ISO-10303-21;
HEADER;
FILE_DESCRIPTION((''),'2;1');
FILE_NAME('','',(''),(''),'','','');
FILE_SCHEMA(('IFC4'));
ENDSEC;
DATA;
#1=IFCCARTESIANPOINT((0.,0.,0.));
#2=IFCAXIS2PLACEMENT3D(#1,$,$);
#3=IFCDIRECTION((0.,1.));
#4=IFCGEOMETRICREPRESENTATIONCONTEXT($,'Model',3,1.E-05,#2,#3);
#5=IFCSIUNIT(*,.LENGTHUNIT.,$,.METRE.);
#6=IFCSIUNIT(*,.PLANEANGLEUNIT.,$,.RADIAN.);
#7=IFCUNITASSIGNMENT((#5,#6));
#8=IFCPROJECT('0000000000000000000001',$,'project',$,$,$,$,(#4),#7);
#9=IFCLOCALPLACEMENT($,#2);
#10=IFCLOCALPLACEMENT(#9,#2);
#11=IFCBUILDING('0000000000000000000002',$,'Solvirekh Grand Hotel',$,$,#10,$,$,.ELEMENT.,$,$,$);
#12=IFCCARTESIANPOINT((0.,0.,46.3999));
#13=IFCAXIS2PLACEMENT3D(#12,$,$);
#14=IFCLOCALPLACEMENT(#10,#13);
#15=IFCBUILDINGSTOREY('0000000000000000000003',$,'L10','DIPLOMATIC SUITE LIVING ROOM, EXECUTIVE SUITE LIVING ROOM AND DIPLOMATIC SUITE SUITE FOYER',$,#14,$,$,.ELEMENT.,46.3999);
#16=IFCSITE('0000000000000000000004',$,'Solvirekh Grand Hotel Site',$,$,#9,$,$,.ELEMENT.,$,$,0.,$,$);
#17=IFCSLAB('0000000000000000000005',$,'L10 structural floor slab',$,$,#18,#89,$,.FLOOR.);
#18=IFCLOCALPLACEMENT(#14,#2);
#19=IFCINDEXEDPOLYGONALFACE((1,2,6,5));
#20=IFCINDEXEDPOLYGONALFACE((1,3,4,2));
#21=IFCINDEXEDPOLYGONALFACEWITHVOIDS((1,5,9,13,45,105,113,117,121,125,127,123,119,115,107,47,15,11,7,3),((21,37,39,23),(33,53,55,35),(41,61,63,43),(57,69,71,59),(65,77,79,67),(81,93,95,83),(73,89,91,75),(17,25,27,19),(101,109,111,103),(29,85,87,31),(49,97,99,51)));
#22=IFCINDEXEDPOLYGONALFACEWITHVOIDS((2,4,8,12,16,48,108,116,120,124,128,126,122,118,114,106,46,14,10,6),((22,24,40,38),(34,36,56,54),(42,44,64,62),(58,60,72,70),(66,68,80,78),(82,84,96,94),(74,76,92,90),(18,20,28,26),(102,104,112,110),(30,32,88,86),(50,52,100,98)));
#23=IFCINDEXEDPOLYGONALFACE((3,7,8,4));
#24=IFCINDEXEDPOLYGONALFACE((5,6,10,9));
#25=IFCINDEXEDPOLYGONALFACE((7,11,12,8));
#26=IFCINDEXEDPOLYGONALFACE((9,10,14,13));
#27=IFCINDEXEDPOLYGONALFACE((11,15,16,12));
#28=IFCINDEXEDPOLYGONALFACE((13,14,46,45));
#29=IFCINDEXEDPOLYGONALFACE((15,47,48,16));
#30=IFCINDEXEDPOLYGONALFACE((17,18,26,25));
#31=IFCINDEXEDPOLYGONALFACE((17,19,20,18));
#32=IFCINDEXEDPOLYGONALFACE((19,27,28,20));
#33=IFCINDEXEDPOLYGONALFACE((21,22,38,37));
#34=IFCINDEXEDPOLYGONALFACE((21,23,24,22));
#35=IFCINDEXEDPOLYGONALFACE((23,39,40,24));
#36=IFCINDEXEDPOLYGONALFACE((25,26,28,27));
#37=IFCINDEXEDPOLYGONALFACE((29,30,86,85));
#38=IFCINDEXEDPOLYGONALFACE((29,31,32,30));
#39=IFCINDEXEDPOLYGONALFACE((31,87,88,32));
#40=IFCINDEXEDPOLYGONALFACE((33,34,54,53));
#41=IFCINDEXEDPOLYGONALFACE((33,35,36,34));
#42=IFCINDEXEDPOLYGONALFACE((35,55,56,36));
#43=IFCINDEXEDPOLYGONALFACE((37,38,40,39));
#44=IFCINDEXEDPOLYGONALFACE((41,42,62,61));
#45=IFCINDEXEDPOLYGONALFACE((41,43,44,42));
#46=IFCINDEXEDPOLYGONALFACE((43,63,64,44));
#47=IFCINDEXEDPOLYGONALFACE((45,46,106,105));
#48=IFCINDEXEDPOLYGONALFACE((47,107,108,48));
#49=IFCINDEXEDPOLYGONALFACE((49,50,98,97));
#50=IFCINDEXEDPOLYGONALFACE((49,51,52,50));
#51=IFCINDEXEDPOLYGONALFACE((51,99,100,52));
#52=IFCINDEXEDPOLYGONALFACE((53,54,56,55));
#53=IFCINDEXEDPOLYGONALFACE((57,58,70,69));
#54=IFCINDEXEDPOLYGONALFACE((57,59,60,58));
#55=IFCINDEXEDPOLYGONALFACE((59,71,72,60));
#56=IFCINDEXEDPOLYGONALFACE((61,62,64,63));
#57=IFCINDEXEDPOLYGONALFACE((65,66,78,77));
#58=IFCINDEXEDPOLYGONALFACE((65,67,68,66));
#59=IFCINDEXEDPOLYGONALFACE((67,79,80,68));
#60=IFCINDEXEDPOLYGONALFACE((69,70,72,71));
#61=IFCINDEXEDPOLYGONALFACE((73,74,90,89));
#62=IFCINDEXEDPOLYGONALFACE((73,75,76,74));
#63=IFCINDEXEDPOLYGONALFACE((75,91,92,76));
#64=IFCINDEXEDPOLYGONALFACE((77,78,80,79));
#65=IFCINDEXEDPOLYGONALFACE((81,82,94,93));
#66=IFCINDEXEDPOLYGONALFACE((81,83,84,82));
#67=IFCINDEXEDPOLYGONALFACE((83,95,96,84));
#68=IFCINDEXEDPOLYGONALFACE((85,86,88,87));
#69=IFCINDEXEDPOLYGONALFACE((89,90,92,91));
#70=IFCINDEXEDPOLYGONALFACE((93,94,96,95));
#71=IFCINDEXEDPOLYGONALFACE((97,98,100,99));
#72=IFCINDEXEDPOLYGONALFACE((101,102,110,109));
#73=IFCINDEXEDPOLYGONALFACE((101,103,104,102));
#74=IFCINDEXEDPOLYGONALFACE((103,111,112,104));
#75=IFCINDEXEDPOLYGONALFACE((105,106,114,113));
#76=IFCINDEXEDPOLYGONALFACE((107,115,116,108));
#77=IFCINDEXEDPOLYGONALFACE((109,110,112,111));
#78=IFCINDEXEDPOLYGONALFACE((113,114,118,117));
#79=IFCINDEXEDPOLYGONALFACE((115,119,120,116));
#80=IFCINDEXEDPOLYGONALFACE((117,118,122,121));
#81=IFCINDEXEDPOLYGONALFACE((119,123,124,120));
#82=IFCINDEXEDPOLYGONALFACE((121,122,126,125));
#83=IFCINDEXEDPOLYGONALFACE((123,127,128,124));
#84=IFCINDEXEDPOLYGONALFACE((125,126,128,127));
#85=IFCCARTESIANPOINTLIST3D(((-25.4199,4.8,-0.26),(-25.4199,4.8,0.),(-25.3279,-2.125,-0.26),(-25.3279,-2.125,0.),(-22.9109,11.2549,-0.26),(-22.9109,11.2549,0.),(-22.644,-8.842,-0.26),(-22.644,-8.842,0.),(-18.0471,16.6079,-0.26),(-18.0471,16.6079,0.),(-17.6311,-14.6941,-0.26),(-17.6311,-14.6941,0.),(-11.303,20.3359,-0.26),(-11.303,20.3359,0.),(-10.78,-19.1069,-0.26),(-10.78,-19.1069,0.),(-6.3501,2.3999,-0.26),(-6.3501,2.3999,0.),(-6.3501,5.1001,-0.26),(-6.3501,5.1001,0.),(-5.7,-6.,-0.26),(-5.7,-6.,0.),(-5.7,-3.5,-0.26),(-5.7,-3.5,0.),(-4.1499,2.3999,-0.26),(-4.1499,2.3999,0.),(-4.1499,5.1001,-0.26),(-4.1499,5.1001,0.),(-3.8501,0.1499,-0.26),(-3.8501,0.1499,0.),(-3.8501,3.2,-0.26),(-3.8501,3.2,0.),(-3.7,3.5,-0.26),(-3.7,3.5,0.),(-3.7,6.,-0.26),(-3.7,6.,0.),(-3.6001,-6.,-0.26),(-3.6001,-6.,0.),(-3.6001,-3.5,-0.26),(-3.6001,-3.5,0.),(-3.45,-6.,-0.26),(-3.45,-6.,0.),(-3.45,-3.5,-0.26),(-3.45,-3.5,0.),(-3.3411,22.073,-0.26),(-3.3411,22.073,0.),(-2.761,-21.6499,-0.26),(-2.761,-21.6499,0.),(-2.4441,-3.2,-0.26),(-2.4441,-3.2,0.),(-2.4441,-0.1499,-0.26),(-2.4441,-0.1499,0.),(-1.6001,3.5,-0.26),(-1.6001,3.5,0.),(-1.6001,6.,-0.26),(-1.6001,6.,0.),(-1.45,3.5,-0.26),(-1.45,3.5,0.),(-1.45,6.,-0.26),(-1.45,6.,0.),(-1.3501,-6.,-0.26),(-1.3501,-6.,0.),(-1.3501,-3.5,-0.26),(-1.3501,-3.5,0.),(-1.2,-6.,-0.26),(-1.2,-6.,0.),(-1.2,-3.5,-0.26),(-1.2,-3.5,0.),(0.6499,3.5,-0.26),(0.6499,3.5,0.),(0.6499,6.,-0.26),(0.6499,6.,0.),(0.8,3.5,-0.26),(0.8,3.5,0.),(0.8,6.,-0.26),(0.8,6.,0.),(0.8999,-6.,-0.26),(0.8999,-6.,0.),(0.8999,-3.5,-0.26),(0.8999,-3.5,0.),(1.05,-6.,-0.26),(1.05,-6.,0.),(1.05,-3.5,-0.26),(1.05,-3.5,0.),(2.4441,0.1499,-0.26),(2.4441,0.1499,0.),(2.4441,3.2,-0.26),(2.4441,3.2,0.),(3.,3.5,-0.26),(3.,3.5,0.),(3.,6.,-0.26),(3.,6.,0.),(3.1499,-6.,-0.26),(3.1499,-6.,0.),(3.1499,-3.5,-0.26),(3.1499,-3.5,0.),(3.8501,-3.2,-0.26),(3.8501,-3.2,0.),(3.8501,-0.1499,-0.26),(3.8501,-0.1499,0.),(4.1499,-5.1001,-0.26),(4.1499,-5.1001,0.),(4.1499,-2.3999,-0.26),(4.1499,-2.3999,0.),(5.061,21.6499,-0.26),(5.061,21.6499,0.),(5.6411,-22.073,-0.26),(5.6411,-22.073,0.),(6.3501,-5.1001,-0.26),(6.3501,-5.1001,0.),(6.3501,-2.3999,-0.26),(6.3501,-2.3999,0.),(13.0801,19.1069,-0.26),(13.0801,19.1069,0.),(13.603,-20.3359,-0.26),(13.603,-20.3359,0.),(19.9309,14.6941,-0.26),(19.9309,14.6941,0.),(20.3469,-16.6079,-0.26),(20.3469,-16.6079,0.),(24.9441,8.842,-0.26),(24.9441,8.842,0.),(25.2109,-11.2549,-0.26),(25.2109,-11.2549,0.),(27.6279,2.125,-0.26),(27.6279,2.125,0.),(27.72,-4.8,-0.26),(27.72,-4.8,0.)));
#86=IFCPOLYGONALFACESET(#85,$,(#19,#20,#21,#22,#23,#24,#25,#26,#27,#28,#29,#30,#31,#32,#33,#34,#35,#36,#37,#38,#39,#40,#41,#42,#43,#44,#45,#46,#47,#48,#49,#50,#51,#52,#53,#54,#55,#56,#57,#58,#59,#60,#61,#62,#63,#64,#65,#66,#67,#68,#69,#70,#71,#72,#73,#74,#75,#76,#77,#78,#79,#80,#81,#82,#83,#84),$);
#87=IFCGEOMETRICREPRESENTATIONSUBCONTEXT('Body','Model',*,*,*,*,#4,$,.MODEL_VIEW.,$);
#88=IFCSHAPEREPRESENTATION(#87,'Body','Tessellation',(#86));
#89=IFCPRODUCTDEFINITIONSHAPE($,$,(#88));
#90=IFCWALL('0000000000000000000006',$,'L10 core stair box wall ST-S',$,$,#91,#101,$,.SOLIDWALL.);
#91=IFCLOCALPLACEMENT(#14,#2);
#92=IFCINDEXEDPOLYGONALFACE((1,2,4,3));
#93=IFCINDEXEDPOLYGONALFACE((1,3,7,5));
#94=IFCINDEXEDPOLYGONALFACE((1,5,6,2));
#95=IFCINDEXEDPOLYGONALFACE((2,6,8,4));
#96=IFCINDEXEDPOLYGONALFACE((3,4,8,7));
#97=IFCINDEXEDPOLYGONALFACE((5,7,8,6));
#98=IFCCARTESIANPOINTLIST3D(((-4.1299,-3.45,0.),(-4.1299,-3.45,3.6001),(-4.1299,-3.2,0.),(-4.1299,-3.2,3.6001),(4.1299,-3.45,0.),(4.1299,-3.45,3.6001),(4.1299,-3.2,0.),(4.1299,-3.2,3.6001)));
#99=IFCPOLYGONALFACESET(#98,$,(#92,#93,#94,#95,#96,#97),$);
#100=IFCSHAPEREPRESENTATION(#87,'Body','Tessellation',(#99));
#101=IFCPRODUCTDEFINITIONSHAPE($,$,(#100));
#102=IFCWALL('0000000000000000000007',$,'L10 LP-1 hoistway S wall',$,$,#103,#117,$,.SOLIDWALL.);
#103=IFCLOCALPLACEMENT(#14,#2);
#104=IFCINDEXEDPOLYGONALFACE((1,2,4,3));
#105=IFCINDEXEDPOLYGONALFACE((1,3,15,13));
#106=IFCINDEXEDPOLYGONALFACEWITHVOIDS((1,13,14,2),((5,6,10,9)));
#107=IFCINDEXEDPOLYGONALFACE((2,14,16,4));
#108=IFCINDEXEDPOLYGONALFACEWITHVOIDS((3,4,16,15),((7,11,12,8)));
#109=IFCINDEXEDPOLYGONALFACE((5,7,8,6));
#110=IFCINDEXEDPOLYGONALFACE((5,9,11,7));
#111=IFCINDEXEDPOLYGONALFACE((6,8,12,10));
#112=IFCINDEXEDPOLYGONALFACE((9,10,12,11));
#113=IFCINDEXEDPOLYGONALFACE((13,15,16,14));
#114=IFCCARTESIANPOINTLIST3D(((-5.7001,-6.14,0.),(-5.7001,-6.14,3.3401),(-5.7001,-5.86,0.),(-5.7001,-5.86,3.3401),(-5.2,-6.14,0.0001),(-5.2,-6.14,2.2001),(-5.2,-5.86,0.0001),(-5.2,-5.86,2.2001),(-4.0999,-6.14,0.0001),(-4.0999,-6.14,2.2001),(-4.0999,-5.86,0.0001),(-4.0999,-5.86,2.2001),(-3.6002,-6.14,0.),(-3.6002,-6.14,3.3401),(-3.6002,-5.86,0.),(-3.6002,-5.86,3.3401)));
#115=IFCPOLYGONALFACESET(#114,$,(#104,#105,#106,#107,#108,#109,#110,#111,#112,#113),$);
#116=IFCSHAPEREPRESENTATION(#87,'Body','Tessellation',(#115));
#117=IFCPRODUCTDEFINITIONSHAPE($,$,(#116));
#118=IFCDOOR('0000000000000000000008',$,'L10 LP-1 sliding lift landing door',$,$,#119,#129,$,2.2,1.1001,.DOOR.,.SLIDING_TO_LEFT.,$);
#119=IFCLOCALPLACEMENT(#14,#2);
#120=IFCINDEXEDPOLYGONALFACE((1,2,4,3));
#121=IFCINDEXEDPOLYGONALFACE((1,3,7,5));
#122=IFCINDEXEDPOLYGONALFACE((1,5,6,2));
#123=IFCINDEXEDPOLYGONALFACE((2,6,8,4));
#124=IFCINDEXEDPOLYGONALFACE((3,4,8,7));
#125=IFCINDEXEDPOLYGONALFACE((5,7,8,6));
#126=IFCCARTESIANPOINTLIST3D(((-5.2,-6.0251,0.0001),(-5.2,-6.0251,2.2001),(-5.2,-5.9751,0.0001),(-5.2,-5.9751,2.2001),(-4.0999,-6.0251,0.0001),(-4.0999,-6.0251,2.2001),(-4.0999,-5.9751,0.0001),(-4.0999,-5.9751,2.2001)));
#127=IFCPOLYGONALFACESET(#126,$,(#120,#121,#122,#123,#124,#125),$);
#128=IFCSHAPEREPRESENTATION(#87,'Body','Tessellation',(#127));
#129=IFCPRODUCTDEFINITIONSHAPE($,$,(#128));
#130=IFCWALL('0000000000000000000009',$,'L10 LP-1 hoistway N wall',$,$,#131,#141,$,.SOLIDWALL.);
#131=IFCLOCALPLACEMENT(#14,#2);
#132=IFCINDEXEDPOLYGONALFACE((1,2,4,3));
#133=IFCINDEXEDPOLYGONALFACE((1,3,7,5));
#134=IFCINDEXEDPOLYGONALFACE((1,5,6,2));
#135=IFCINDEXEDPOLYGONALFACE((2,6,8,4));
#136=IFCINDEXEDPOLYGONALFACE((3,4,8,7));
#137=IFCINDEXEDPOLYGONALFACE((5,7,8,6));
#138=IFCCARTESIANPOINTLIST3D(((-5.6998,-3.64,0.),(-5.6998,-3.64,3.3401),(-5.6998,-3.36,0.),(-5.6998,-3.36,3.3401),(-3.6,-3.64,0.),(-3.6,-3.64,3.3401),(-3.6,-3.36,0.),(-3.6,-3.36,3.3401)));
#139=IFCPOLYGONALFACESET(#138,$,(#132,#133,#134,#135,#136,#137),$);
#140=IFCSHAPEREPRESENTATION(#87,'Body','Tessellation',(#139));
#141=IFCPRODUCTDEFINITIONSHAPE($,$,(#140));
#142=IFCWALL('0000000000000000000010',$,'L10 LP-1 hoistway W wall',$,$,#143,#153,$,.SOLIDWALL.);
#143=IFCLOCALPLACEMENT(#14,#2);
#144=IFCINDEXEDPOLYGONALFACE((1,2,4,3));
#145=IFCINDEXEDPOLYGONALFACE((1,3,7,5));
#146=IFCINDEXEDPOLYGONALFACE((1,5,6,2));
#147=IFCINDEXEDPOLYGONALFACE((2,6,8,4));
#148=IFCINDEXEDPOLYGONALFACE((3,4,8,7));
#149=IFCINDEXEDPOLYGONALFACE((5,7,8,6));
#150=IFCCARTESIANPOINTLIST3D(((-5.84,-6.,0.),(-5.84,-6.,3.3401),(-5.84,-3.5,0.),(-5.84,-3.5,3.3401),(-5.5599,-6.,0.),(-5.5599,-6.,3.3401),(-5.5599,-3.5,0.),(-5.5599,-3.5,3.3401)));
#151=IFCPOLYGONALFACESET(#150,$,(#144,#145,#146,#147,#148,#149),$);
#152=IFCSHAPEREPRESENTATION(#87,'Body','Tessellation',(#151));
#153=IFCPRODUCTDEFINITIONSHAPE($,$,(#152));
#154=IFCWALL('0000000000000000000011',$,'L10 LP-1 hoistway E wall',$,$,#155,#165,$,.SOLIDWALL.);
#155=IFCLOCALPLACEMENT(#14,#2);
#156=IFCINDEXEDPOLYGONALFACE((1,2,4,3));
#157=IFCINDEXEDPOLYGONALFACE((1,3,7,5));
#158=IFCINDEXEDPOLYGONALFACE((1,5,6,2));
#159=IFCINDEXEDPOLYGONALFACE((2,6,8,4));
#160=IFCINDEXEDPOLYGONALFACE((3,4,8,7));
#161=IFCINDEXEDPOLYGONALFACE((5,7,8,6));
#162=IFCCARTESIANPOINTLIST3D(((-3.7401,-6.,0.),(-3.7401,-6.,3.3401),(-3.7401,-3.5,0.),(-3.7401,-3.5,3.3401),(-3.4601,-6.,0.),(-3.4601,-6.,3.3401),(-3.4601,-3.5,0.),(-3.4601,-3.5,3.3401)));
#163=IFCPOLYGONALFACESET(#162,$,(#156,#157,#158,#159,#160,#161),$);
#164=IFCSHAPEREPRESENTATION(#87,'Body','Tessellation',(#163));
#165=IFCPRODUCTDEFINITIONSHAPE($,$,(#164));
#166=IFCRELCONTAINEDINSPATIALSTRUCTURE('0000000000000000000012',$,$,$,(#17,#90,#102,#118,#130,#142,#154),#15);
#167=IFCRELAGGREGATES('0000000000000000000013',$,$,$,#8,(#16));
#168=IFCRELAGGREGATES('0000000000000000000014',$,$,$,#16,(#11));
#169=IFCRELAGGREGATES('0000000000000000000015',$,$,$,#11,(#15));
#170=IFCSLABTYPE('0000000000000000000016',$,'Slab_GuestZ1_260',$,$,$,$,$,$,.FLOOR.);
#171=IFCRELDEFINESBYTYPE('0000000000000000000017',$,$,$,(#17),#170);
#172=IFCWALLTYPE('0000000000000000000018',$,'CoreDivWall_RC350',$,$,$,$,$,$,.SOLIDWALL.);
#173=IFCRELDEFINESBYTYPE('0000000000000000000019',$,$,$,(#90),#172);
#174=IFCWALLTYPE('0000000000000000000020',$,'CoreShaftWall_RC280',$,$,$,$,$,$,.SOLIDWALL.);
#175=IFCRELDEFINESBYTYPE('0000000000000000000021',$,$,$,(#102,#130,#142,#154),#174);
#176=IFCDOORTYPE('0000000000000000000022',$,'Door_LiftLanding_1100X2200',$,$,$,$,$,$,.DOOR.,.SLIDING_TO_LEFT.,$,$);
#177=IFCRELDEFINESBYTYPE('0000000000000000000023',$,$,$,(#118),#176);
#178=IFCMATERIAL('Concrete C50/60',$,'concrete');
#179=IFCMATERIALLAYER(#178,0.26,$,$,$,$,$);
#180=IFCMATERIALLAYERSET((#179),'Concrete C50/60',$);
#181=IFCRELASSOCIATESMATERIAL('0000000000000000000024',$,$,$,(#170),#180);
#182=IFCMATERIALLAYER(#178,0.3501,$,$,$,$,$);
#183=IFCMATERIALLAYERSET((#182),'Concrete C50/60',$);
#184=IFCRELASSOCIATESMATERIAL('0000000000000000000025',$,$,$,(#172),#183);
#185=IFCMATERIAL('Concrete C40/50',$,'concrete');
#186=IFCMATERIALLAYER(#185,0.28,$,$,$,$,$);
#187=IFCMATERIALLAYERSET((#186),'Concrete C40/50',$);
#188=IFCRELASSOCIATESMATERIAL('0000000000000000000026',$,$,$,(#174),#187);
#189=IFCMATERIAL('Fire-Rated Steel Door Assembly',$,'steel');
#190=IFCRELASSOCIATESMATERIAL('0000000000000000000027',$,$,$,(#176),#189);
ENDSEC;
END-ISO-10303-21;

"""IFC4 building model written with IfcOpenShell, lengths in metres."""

from ifc_helpers import new_model, si_unit, direction, frame, frame_2d, origin, place, context, subcontext, project, spatial, polyline, rectangle, outline, extrude, material, layer, layer_set, type_object, element, fill, save


model = new_model("IFC4")

# Units and contexts
model_context = context("Model", 3, precision=1e-05, world=origin(), true_north=direction((0.0, 1.0)))
body_context = subcontext(model_context, "Body", "Model", "MODEL_VIEW")
ifc_project = project(units=[si_unit("LENGTHUNIT", "METRE"), si_unit("PLANEANGLEUNIT", "RADIAN")], contexts=[model_context])

# Site, building, storey
site_placement = place(None, origin())
site = spatial("IfcSite", under=ifc_project, at=site_placement, Name="Solvirekh Grand Hotel Site", CompositionType="ELEMENT", RefElevation=0.0)
building_placement = place(site_placement, origin())
building = spatial("IfcBuilding", under=site, at=building_placement, Name="Solvirekh Grand Hotel", CompositionType="ELEMENT")
storey_placement = place(building_placement, frame((0.0, 0.0, 46.3999)))
storey = spatial("IfcBuildingStorey", under=building, at=storey_placement, Name="L10", Description="DIPLOMATIC SUITE LIVING ROOM, EXECUTIVE SUITE LIVING ROOM AND DIPLOMATIC SUITE SUITE FOYER", CompositionType="ELEMENT", Elevation=46.3999)

# Slab
ifc_material_1 = material(Name="Concrete C50/60", Category="concrete")
ifc_layer_1 = layer(ifc_material_1, 0.26)
ifc_layer_set_1 = layer_set([ifc_layer_1], Name="Concrete C50/60")
slab_type = type_object("IfcSlabType", Name="Slab_GuestZ1_260", PredefinedType="FLOOR", material=ifc_layer_set_1)
slab_placement = place(storey_placement, frame((0.0, 0.0, -0.26)))
element("IfcSlab", 1, at=slab_placement, inside=storey, type_object=slab_type, Name="L10 structural floor slab", PredefinedType="FLOOR", context=body_context, shape_type="SweptSolid", body=[
    extrude(outline(polyline([(27.72, -4.8), (27.6279, 2.125), (24.9441, 8.842), (19.9309, 14.6941), (13.0801, 19.1069), (5.061, 21.6499), (-3.3411, 22.073), (-11.303, 20.3359), (-18.0471, 16.6079), (-22.9109, 11.2549), (-25.4199, 4.8), (-25.3279, -2.125), (-22.644, -8.842), (-17.6311, -14.6941), (-10.78, -19.1069), (-2.761, -21.6499), (5.6411, -22.073), (13.603, -20.3359), (20.3469, -16.6079), (25.2109, -11.2549), (27.72, -4.8)]), holes=[polyline([(-2.4441, -0.1499), (3.8501, -0.1499), (3.8501, -3.2), (-2.4441, -3.2), (-2.4441, -0.1499)]), polyline([(2.4441, 0.1499), (-3.8501, 0.1499), (-3.8501, 3.2), (2.4441, 3.2), (2.4441, 0.1499)]), polyline([(-5.7, -3.5), (-3.6001, -3.5), (-3.6001, -6.0), (-5.7, -6.0), (-5.7, -3.5)]), polyline([(-3.45, -3.5), (-1.3501, -3.5), (-1.3501, -6.0), (-3.45, -6.0), (-3.45, -3.5)]), polyline([(-1.2, -3.5), (0.8999, -3.5), (0.8999, -6.0), (-1.2, -6.0), (-1.2, -3.5)]), polyline([(1.05, -3.5), (3.1499, -3.5), (3.1499, -6.0), (1.05, -6.0), (1.05, -3.5)]), polyline([(-3.7, 6.0), (-1.6001, 6.0), (-1.6001, 3.5), (-3.7, 3.5), (-3.7, 6.0)]), polyline([(-1.45, 6.0), (0.6499, 6.0), (0.6499, 3.5), (-1.45, 3.5), (-1.45, 6.0)]), polyline([(0.8, 6.0), (3.0, 6.0), (3.0, 3.5), (0.8, 3.5), (0.8, 6.0)]), polyline([(-6.3501, 5.1001), (-4.1499, 5.1001), (-4.1499, 2.3999), (-6.3501, 2.3999), (-6.3501, 5.1001)]), polyline([(4.1499, -2.3999), (6.3501, -2.3999), (6.3501, -5.1001), (4.1499, -5.1001), (4.1499, -2.3999)])]), origin(), (0.0, 0.0, 1.0), 0.26),
])

# Wall
ifc_layer_2 = layer(ifc_material_1, 0.3501)
ifc_layer_set_2 = layer_set([ifc_layer_2], Name="Concrete C50/60")
wall_type_1 = type_object("IfcWallType", Name="CoreDivWall_RC350", PredefinedType="SOLIDWALL", material=ifc_layer_set_2)
wall_1_placement = place(storey_placement, frame((-4.1299, -3.325, 0.0), z_axis=(0.0, 0.0, 1.0), x_axis=(1.0, 0.0, 0.0)))
element("IfcWall", 2, at=wall_1_placement, inside=storey, type_object=wall_type_1, Name="L10 core stair box wall ST-S", PredefinedType="SOLIDWALL", context=body_context, shape_type="SweptSolid", body=[
    extrude(rectangle(XDim=8.2598, YDim=0.25, at=frame_2d((4.1299, 0.0))), origin(), (0.0, 0.0, 1.0), 3.6001),
])

# Wall, opening, door
ifc_material_2 = material(Name="Concrete C40/50", Category="concrete")
ifc_layer_3 = layer(ifc_material_2, 0.28)
ifc_layer_set_3 = layer_set([ifc_layer_3], Name="Concrete C40/50")
wall_type_2 = type_object("IfcWallType", Name="CoreShaftWall_RC280", PredefinedType="SOLIDWALL", material=ifc_layer_set_3)
wall_2_placement = place(storey_placement, frame((-5.7, -6.0, 0.0), z_axis=(0.0, 0.0, 1.0), x_axis=(1.0, 0.0, 0.0)))
wall_2 = element("IfcWall", 3, at=wall_2_placement, inside=storey, type_object=wall_type_2, Name="L10 LP-1 hoistway S wall", PredefinedType="SOLIDWALL", context=body_context, shape_type="SweptSolid", body=[
    extrude(rectangle(XDim=2.0999, YDim=0.28, at=frame_2d((1.0498, 0.0))), origin(), (0.0, 0.0, 1.0), 3.3401),
])
opening_1_placement = place(wall_2_placement, frame((0.5, 0.0, 0.0)))
opening_1 = element("IfcOpeningElement", 4, at=opening_1_placement, cuts=wall_2, PredefinedType="OPENING", context=body_context, shape_type="SweptSolid", body=[
    extrude(rectangle(XDim=1.1001, YDim=2.2, at=frame_2d((0.55, 1.1001))), frame((0.0, 0.1499, 0.0), z_axis=(0.0, -1.0, 0.0), x_axis=(1.0, 0.0, 0.0)), (0.0, 0.0, 1.0), 0.3),
])
ifc_material_3 = material(Name="Fire-Rated Steel Door Assembly", Category="steel")
door_type_1 = type_object("IfcDoorType", Name="Door_LiftLanding_1100X2200", OperationType="SLIDING_TO_LEFT", PredefinedType="DOOR", material=ifc_material_3)
door_1_placement = place(opening_1_placement, origin())
door_1 = element("IfcDoor", 5, at=door_1_placement, inside=storey, type_object=door_type_1, Name="L10 LP-1 sliding lift landing door", OperationType="SLIDING_TO_LEFT", OverallHeight=2.2, OverallWidth=1.1001, PredefinedType="DOOR", context=body_context, shape_type="SweptSolid", body=[
    extrude(rectangle(XDim=1.1001, YDim=2.2, at=frame_2d((0.55, 1.1001))), frame((0.0, 0.0249, 0.0), z_axis=(0.0, -1.0, 0.0), x_axis=(1.0, 0.0, 0.0)), (0.0, 0.0, 1.0), 0.05),
])
fill(opening_1, door_1)

# Walls
wall_3_placement = place(storey_placement, frame((-3.6001, -3.5, 0.0), z_axis=(0.0, 0.0, 1.0), x_axis=(-1.0, 0.0, 0.0)))
element("IfcWall", 6, at=wall_3_placement, inside=storey, type_object=wall_type_2, Name="L10 LP-1 hoistway N wall", PredefinedType="SOLIDWALL", context=body_context, shape_type="SweptSolid", body=[
    extrude(rectangle(XDim=2.0999, YDim=0.28, at=frame_2d((1.0498, 0.0))), origin(), (0.0, 0.0, 1.0), 3.3401),
])
for number, where, z_axis, x_axis, name in (
    (7, (-5.7, -3.5, 0.0), (0.0, 0.0, 1.0), (0.0, -1.0, 0.0), "L10 LP-1 hoistway W wall"),
    (8, (-3.6001, -6.0, 0.0), (0.0, 0.0, 1.0), (0.0, 1.0, 0.0), "L10 LP-1 hoistway E wall"),
):
    element("IfcWall", number, at=place(storey_placement, frame(where, z_axis=z_axis, x_axis=x_axis)), inside=storey, type_object=wall_type_2, Name=name, PredefinedType="SOLIDWALL", context=body_context, shape_type="SweptSolid", body=[
        extrude(rectangle(XDim=2.5, YDim=0.28, at=frame_2d((1.25, 0.0))), origin(), (0.0, 0.0, 1.0), 3.3401),
    ])

save(model, "model.ifc")
